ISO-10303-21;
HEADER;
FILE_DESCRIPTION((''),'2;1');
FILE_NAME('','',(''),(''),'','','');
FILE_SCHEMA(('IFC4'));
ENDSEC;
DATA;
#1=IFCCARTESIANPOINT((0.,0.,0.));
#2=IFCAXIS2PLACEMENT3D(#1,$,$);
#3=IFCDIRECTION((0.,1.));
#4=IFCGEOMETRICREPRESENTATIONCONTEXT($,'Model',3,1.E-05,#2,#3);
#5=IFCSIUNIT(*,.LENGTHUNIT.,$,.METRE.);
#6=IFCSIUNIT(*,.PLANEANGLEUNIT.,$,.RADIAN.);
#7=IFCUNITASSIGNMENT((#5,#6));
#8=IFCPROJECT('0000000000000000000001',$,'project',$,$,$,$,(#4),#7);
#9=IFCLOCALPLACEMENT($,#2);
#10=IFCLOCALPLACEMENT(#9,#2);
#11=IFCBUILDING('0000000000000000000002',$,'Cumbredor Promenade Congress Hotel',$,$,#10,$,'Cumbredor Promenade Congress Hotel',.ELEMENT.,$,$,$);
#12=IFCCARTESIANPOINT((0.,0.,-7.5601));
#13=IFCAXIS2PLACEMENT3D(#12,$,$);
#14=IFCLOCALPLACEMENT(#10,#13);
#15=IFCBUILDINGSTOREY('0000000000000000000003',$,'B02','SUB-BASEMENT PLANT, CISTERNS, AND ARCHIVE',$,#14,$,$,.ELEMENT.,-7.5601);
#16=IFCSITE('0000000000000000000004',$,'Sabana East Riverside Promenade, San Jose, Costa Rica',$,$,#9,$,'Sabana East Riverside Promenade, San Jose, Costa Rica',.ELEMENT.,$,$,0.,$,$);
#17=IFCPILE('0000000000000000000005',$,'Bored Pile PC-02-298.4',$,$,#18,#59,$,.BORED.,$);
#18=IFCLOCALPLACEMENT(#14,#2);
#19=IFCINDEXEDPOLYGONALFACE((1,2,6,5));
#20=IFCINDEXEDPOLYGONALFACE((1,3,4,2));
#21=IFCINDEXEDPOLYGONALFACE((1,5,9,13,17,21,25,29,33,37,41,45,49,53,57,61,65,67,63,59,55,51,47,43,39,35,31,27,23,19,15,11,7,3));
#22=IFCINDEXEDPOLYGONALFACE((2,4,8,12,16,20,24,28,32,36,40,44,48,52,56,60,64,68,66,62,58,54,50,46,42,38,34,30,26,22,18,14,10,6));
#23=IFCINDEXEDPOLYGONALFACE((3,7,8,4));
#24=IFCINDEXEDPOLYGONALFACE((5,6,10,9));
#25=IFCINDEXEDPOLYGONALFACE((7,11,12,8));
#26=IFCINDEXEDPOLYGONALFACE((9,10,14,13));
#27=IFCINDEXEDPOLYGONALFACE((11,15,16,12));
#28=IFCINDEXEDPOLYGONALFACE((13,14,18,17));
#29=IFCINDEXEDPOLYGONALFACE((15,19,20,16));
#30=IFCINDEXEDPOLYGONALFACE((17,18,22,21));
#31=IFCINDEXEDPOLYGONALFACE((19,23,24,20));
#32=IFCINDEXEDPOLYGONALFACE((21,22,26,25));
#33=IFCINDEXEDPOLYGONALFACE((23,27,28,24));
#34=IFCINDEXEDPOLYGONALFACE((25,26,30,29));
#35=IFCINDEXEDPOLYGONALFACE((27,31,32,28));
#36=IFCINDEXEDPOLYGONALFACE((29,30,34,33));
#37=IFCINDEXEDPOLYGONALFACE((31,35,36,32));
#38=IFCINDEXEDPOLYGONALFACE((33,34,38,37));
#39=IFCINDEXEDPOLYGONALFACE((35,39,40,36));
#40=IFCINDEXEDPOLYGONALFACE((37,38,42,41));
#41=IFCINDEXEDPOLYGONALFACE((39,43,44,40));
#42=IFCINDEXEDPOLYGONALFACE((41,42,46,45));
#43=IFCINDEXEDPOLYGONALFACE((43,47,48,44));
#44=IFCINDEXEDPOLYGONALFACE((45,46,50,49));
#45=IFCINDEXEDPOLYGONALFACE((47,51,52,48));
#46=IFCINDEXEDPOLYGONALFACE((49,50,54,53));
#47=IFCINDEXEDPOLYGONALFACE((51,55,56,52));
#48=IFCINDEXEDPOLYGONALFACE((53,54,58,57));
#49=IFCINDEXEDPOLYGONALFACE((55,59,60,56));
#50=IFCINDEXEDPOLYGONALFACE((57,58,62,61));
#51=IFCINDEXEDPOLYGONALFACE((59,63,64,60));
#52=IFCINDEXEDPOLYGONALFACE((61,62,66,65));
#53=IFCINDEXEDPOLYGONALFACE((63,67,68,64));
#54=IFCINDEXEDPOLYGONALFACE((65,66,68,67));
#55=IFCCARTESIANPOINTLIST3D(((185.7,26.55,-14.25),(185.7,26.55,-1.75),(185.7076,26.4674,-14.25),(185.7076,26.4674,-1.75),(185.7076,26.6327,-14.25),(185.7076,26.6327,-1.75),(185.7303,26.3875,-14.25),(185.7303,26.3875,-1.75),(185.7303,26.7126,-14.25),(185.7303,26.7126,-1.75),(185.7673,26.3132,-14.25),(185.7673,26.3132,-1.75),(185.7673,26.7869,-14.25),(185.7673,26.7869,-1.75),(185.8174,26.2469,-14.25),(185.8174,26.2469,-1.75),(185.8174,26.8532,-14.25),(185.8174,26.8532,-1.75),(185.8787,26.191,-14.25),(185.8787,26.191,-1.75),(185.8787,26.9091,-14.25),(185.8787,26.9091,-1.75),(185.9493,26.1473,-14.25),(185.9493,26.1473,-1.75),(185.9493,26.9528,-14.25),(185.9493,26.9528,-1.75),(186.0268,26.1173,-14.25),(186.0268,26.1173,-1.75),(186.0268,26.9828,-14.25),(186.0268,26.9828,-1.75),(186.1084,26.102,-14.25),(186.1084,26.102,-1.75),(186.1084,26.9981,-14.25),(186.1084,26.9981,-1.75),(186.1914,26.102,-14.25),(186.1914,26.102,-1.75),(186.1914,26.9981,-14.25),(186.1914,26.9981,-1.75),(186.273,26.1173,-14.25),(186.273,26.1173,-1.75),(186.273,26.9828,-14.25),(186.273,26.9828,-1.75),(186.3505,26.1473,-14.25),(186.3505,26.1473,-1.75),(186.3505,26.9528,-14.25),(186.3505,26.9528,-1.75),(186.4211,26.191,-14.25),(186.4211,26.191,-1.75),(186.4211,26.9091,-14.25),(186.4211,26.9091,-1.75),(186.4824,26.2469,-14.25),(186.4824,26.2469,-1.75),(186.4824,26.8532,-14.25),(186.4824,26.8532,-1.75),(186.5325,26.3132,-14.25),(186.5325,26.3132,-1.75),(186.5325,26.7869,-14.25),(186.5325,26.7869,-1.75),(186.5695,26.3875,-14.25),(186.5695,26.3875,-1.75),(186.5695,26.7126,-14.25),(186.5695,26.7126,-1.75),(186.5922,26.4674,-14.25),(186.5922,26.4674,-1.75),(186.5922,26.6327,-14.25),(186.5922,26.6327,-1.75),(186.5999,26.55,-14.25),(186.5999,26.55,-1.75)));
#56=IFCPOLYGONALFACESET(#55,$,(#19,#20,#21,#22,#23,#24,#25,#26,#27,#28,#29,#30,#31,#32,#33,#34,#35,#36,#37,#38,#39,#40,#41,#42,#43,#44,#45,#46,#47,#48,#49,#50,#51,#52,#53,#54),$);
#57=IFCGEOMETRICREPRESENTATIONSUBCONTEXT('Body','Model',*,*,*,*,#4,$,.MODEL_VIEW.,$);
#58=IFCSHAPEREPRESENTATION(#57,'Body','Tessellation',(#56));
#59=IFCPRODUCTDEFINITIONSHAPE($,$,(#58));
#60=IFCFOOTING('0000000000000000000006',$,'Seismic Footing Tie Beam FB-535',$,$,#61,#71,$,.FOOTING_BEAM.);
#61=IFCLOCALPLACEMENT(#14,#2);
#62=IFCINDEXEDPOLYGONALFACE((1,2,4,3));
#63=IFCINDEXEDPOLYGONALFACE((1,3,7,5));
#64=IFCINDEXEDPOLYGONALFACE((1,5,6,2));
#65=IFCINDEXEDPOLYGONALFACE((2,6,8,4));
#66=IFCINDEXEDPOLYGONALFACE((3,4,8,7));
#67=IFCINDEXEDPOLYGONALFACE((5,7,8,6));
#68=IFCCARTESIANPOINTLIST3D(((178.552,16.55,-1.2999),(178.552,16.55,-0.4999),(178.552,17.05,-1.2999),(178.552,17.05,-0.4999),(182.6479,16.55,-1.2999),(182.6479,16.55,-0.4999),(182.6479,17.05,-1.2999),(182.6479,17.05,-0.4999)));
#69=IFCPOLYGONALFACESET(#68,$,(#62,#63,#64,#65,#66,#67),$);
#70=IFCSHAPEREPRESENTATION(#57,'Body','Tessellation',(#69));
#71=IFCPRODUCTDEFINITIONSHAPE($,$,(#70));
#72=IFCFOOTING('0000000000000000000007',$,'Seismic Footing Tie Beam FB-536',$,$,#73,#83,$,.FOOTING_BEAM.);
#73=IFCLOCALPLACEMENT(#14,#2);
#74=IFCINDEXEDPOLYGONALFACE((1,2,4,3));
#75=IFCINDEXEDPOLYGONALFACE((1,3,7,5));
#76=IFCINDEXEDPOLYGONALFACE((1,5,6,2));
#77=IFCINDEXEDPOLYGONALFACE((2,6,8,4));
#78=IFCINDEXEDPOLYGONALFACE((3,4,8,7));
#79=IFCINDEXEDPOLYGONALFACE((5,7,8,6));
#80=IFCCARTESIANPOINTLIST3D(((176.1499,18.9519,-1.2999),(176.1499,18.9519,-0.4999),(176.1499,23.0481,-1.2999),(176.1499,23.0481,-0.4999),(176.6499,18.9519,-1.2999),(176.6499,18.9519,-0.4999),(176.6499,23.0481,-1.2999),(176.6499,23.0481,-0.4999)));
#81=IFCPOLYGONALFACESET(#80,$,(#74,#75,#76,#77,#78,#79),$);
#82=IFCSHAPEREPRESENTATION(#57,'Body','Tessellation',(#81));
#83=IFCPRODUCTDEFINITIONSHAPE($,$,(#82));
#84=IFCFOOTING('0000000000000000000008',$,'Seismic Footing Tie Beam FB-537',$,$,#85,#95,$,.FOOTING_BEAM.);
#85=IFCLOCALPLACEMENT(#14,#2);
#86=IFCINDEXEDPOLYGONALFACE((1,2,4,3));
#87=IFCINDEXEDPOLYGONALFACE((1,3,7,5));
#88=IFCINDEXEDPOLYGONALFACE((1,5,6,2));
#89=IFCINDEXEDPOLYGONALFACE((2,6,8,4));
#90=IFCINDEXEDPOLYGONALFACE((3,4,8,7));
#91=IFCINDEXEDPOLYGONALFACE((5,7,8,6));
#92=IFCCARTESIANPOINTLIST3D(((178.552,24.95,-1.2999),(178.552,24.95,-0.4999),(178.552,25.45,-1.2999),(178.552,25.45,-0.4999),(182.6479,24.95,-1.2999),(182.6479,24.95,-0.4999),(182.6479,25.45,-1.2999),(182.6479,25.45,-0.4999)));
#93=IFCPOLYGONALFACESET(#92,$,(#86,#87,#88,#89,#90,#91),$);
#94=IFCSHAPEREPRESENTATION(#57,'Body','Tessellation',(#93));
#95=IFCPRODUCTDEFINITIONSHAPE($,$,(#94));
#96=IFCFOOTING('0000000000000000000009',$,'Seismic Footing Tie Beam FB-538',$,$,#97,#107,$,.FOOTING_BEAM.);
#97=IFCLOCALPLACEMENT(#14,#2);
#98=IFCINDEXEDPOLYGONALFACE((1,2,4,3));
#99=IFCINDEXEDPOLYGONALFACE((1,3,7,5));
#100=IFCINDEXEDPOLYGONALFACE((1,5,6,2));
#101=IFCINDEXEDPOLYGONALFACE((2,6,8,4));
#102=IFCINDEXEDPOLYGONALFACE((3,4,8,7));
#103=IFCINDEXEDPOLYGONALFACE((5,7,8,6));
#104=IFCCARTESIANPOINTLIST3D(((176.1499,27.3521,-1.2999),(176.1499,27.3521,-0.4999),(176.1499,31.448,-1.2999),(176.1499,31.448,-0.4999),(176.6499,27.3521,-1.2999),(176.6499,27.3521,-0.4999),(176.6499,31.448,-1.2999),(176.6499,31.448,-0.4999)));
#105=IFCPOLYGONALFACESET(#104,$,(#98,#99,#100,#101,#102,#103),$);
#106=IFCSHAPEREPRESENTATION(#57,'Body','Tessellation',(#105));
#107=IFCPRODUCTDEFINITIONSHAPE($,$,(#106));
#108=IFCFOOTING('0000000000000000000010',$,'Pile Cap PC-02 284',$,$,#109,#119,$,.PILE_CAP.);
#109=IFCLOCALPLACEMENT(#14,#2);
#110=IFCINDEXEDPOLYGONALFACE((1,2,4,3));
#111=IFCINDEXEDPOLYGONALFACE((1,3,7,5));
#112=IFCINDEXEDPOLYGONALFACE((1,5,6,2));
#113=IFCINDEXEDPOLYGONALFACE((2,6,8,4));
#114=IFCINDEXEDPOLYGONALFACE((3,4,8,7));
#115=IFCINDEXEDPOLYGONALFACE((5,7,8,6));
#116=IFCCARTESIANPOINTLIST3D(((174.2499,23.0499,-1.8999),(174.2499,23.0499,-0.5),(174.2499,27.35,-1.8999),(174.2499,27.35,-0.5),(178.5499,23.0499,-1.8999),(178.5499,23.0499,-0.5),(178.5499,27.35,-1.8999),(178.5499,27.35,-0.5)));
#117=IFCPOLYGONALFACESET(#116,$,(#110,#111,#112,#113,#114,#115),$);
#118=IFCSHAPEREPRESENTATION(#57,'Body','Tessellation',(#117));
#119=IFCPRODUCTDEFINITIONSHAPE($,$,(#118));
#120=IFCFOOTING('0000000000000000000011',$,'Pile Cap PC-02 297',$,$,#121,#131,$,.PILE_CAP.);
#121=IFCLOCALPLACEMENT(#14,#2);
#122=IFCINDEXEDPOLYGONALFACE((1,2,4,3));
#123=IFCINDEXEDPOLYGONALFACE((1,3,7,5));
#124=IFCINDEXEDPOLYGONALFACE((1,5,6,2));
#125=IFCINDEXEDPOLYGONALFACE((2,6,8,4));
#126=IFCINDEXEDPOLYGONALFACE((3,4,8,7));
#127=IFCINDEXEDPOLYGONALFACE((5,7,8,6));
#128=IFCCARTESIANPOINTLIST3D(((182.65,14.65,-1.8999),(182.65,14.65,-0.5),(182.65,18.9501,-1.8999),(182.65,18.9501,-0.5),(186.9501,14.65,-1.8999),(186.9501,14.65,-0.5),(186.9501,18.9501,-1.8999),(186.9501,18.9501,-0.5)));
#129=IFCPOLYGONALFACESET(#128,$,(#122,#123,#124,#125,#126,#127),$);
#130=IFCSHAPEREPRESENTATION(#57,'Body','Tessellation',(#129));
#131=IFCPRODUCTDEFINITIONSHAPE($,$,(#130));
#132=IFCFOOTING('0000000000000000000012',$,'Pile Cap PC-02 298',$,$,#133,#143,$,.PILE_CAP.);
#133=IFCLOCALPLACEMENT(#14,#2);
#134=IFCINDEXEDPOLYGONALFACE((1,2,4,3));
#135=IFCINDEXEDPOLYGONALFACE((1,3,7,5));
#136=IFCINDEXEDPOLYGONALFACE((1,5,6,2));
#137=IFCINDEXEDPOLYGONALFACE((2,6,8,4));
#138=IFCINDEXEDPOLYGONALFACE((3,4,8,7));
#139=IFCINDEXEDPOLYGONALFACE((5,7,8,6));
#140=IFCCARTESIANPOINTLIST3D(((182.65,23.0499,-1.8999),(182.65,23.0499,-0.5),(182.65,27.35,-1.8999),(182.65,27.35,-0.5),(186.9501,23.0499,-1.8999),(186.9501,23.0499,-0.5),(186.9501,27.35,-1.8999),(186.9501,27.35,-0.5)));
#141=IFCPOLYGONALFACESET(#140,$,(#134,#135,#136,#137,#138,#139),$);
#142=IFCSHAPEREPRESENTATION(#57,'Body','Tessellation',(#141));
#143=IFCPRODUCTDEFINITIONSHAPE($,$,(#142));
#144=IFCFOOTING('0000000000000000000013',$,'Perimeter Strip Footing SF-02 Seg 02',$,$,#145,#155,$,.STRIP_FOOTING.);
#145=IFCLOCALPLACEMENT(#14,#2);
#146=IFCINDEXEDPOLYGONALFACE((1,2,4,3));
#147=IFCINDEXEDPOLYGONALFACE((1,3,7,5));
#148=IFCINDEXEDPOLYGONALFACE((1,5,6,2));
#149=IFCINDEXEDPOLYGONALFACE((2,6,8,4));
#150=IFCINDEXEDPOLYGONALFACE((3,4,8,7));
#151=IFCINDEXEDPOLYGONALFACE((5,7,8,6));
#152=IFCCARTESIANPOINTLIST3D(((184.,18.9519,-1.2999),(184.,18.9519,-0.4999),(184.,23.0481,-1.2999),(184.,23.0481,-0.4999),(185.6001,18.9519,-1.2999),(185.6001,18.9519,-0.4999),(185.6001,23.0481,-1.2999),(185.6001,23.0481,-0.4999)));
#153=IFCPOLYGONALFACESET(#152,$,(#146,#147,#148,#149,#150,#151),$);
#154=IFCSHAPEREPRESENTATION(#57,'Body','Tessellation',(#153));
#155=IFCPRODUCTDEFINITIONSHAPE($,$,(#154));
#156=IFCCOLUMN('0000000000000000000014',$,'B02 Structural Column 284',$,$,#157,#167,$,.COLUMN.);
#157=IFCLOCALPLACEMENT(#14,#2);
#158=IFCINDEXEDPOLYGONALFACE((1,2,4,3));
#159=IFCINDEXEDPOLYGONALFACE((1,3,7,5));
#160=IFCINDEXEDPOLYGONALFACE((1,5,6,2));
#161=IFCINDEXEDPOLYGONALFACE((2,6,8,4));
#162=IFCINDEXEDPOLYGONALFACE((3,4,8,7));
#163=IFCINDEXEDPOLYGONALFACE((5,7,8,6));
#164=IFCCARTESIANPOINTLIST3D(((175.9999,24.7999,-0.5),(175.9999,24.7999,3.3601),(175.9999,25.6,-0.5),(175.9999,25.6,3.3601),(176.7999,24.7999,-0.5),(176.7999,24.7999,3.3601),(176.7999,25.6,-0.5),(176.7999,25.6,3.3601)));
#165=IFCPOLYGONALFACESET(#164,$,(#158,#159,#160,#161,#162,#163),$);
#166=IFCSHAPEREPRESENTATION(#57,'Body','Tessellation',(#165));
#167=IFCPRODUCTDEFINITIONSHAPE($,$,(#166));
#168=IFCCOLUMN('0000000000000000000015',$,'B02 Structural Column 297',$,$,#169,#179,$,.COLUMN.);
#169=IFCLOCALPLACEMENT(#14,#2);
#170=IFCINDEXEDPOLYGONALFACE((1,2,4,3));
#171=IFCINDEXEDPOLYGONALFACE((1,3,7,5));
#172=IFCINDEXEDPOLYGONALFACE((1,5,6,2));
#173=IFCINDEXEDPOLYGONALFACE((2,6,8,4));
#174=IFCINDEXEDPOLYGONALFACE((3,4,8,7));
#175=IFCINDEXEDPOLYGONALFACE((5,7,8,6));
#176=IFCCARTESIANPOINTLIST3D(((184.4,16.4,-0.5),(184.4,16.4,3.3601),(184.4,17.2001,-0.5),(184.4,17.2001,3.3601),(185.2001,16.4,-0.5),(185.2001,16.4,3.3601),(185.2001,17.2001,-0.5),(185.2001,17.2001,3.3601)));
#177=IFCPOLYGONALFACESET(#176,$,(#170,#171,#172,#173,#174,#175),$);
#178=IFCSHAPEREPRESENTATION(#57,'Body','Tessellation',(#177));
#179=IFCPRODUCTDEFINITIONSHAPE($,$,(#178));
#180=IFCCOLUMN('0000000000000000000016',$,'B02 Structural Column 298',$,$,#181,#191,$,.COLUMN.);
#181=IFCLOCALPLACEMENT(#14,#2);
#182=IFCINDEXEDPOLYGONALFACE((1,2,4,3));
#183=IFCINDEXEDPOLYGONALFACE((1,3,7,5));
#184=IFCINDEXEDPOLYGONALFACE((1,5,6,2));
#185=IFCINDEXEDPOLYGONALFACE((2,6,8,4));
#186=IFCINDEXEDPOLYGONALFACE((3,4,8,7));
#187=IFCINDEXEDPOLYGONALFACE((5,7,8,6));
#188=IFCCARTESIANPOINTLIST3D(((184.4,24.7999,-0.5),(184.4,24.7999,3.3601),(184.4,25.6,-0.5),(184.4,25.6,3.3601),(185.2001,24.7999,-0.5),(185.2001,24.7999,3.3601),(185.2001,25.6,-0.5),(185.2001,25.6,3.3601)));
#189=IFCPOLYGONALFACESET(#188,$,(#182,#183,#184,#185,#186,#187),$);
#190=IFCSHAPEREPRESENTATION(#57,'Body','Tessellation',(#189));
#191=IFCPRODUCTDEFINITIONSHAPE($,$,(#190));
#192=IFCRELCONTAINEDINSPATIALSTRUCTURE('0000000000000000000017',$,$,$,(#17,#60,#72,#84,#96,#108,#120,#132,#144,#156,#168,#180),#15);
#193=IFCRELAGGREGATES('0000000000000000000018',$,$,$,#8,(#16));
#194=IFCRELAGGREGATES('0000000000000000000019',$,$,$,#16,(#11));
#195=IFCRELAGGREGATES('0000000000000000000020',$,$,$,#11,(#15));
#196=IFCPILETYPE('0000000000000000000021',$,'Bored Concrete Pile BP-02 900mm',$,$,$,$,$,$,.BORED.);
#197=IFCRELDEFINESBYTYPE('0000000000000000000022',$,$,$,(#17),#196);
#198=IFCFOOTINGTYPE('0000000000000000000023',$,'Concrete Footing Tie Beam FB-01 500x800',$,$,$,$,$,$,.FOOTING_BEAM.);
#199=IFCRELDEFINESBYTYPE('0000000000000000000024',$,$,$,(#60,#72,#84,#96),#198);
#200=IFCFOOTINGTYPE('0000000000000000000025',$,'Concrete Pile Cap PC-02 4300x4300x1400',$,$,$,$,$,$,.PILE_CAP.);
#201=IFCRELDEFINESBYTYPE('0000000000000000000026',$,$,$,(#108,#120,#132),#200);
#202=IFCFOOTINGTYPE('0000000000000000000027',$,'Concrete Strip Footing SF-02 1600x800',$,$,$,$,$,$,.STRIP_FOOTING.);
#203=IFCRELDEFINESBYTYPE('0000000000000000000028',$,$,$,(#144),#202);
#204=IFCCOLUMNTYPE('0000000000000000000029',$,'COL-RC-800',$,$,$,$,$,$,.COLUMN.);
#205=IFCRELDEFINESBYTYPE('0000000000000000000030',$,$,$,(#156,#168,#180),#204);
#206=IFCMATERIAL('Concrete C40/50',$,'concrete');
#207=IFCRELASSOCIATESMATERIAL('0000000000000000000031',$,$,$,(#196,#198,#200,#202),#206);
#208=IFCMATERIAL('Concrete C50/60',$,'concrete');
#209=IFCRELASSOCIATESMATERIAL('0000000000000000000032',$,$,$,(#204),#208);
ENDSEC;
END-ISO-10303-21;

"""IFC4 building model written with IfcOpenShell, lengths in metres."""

from ifc_helpers import new_model, si_unit, direction, frame, origin, origin_2d, place, context, subcontext, project, spatial, rectangle, circle, extrude, material, material_profile, profile_set, type_object, element, save


model = new_model("IFC4")

# Units and contexts
model_context = context("Model", 3, precision=1e-05, world=origin(), true_north=direction((0.0, 1.0)))
body_context = subcontext(model_context, "Body", "Model", "MODEL_VIEW")
ifc_project = project(units=[si_unit("LENGTHUNIT", "METRE"), si_unit("PLANEANGLEUNIT", "RADIAN")], contexts=[model_context])

# Site, building, storey
site_placement = place(None, origin())
site = spatial("IfcSite", under=ifc_project, at=site_placement, Name="Sabana East Riverside Promenade, San Jose, Costa Rica", LongName="Sabana East Riverside Promenade, San Jose, Costa Rica", CompositionType="ELEMENT", RefElevation=0.0)
building_placement = place(site_placement, origin())
building = spatial("IfcBuilding", under=site, at=building_placement, Name="Cumbredor Promenade Congress Hotel", LongName="Cumbredor Promenade Congress Hotel", CompositionType="ELEMENT")
storey_placement = place(building_placement, frame((0.0, 0.0, -7.5601)))
storey = spatial("IfcBuildingStorey", under=building, at=storey_placement, Name="B02", Description="SUB-BASEMENT PLANT, CISTERNS, AND ARCHIVE", CompositionType="ELEMENT", Elevation=-7.5601)

# Pile
ifc_material_1 = material(Name="Concrete C40/50", Category="concrete")
ifc_material_profile_1 = material_profile(ifc_material_1, circle(Radius=0.45, at=origin_2d()), Name="PILE D900")
ifc_profile_set_1 = profile_set([ifc_material_profile_1], Name="Concrete C40/50")
pile_type = type_object("IfcPileType", Name="Bored Concrete Pile BP-02 900mm", PredefinedType="BORED", material=ifc_profile_set_1)
for number, where, z_axis, x_axis, name in (
    (1, (186.1499, 26.55, -1.75), (0.0, 0.0, -1.0), (1.0, 0.0, 0.0), "Bored Pile PC-02-298.4"),
):
    element("IfcPile", number, at=place(storey_placement, frame(where, z_axis=z_axis, x_axis=x_axis)), inside=storey, type_object=pile_type, Name=name, PredefinedType="BORED", context=body_context, shape_type="SweptSolid", body=[
        extrude(circle(Radius=0.45, at=origin_2d()), origin(), (0.0, 0.0, 1.0), 12.5),
    ])

# Footings
ifc_material_profile_2 = material_profile(ifc_material_1, rectangle(XDim=0.5, YDim=0.8, at=origin_2d()), Name="FB 500x800")
ifc_profile_set_2 = profile_set([ifc_material_profile_2], Name="Concrete C40/50")
footing_type_1 = type_object("IfcFootingType", Name="Concrete Footing Tie Beam FB-01 500x800", PredefinedType="FOOTING_BEAM", material=ifc_profile_set_2)
footing_1_placement = place(storey_placement, frame((178.552, 16.8, -0.8999), z_axis=(1.0, 0.0, 0.0), x_axis=(0.0, 1.0, 0.0)))
element("IfcFooting", 2, at=footing_1_placement, inside=storey, type_object=footing_type_1, Name="Seismic Footing Tie Beam FB-535", PredefinedType="FOOTING_BEAM", context=body_context, shape_type="SweptSolid", body=[
    extrude(rectangle(XDim=0.5, YDim=0.8, at=origin_2d()), origin(), (0.0, 0.0, 1.0), 4.0959),
])
footing_2_placement = place(storey_placement, frame((176.3999, 18.9519, -0.8999), z_axis=(0.0, 1.0, 0.0), x_axis=(-1.0, 0.0, 0.0)))
element("IfcFooting", 3, at=footing_2_placement, inside=storey, type_object=footing_type_1, Name="Seismic Footing Tie Beam FB-536", PredefinedType="FOOTING_BEAM", context=body_context, shape_type="SweptSolid", body=[
    extrude(rectangle(XDim=0.5, YDim=0.8, at=origin_2d()), origin(), (0.0, 0.0, 1.0), 4.0962),
])
for number, where, z_axis, x_axis, name in (
    (4, (178.552, 25.2, -0.8999), (1.0, 0.0, 0.0), (0.0, 1.0, 0.0), "Seismic Footing Tie Beam FB-537"),
    (5, (176.3999, 27.3521, -0.8999), (0.0, 1.0, 0.0), (-1.0, 0.0, 0.0), "Seismic Footing Tie Beam FB-538"),
):
    element("IfcFooting", number, at=place(storey_placement, frame(where, z_axis=z_axis, x_axis=x_axis)), inside=storey, type_object=footing_type_1, Name=name, PredefinedType="FOOTING_BEAM", context=body_context, shape_type="SweptSolid", body=[
        extrude(rectangle(XDim=0.5, YDim=0.8, at=origin_2d()), origin(), (0.0, 0.0, 1.0), 4.0959),
    ])
footing_type_2 = type_object("IfcFootingType", Name="Concrete Pile Cap PC-02 4300x4300x1400", PredefinedType="PILE_CAP", material=ifc_material_1)
for number, where, z_axis, x_axis, name in (
    (6, (176.3999, 25.2, -1.8999), (0.0, 0.0, 1.0), (1.0, 0.0, 0.0), "Pile Cap PC-02 284"),
    (7, (184.8, 16.8, -1.8999), (0.0, 0.0, 1.0), (1.0, 0.0, 0.0), "Pile Cap PC-02 297"),
    (8, (184.8, 25.2, -1.8999), (0.0, 0.0, 1.0), (1.0, 0.0, 0.0), "Pile Cap PC-02 298"),
):
    element("IfcFooting", number, at=place(storey_placement, frame(where, z_axis=z_axis, x_axis=x_axis)), inside=storey, type_object=footing_type_2, Name=name, PredefinedType="PILE_CAP", context=body_context, shape_type="SweptSolid", body=[
        extrude(rectangle(XDim=4.3, YDim=4.3, at=origin_2d()), origin(), (0.0, 0.0, 1.0), 1.3999),
    ])
ifc_material_profile_3 = material_profile(ifc_material_1, rectangle(XDim=1.6001, YDim=0.8, at=origin_2d()), Name="SF 1600x800")
ifc_profile_set_3 = profile_set([ifc_material_profile_3], Name="Concrete C40/50")
footing_type_3 = type_object("IfcFootingType", Name="Concrete Strip Footing SF-02 1600x800", PredefinedType="STRIP_FOOTING", material=ifc_profile_set_3)
footing_3_placement = place(storey_placement, frame((184.8, 18.9519, -0.8999), z_axis=(0.0, 1.0, 0.0), x_axis=(-1.0, 0.0, 0.0)))
element("IfcFooting", 9, at=footing_3_placement, inside=storey, type_object=footing_type_3, Name="Perimeter Strip Footing SF-02 Seg 02", PredefinedType="STRIP_FOOTING", context=body_context, shape_type="SweptSolid", body=[
    extrude(rectangle(XDim=1.6001, YDim=0.8, at=origin_2d()), origin(), (0.0, 0.0, 1.0), 4.0962),
])

# Columns
ifc_material_2 = material(Name="Concrete C50/60", Category="concrete")
ifc_material_profile_4 = material_profile(ifc_material_2, rectangle(XDim=0.8, YDim=0.8, at=origin_2d()), Name="RC 800x800")
ifc_profile_set_4 = profile_set([ifc_material_profile_4], Name="Concrete C50/60")
column_type = type_object("IfcColumnType", Name="COL-RC-800", PredefinedType="COLUMN", material=ifc_profile_set_4)
for number, where, z_axis, x_axis, name in (
    (10, (176.3999, 25.2, -0.5), (0.0, 0.0, 1.0), (1.0, 0.0, 0.0), "B02 Structural Column 284"),
    (11, (184.8, 16.8, -0.5), (0.0, 0.0, 1.0), (1.0, 0.0, 0.0), "B02 Structural Column 297"),
    (12, (184.8, 25.2, -0.5), (0.0, 0.0, 1.0), (1.0, 0.0, 0.0), "B02 Structural Column 298"),
):
    element("IfcColumn", number, at=place(storey_placement, frame(where, z_axis=z_axis, x_axis=x_axis)), inside=storey, type_object=column_type, Name=name, PredefinedType="COLUMN", context=body_context, shape_type="SweptSolid", body=[
        extrude(rectangle(XDim=0.8, YDim=0.8, at=origin_2d()), origin(), (0.0, 0.0, 1.0), 3.8601),
    ])

save(model, "model.ifc")
